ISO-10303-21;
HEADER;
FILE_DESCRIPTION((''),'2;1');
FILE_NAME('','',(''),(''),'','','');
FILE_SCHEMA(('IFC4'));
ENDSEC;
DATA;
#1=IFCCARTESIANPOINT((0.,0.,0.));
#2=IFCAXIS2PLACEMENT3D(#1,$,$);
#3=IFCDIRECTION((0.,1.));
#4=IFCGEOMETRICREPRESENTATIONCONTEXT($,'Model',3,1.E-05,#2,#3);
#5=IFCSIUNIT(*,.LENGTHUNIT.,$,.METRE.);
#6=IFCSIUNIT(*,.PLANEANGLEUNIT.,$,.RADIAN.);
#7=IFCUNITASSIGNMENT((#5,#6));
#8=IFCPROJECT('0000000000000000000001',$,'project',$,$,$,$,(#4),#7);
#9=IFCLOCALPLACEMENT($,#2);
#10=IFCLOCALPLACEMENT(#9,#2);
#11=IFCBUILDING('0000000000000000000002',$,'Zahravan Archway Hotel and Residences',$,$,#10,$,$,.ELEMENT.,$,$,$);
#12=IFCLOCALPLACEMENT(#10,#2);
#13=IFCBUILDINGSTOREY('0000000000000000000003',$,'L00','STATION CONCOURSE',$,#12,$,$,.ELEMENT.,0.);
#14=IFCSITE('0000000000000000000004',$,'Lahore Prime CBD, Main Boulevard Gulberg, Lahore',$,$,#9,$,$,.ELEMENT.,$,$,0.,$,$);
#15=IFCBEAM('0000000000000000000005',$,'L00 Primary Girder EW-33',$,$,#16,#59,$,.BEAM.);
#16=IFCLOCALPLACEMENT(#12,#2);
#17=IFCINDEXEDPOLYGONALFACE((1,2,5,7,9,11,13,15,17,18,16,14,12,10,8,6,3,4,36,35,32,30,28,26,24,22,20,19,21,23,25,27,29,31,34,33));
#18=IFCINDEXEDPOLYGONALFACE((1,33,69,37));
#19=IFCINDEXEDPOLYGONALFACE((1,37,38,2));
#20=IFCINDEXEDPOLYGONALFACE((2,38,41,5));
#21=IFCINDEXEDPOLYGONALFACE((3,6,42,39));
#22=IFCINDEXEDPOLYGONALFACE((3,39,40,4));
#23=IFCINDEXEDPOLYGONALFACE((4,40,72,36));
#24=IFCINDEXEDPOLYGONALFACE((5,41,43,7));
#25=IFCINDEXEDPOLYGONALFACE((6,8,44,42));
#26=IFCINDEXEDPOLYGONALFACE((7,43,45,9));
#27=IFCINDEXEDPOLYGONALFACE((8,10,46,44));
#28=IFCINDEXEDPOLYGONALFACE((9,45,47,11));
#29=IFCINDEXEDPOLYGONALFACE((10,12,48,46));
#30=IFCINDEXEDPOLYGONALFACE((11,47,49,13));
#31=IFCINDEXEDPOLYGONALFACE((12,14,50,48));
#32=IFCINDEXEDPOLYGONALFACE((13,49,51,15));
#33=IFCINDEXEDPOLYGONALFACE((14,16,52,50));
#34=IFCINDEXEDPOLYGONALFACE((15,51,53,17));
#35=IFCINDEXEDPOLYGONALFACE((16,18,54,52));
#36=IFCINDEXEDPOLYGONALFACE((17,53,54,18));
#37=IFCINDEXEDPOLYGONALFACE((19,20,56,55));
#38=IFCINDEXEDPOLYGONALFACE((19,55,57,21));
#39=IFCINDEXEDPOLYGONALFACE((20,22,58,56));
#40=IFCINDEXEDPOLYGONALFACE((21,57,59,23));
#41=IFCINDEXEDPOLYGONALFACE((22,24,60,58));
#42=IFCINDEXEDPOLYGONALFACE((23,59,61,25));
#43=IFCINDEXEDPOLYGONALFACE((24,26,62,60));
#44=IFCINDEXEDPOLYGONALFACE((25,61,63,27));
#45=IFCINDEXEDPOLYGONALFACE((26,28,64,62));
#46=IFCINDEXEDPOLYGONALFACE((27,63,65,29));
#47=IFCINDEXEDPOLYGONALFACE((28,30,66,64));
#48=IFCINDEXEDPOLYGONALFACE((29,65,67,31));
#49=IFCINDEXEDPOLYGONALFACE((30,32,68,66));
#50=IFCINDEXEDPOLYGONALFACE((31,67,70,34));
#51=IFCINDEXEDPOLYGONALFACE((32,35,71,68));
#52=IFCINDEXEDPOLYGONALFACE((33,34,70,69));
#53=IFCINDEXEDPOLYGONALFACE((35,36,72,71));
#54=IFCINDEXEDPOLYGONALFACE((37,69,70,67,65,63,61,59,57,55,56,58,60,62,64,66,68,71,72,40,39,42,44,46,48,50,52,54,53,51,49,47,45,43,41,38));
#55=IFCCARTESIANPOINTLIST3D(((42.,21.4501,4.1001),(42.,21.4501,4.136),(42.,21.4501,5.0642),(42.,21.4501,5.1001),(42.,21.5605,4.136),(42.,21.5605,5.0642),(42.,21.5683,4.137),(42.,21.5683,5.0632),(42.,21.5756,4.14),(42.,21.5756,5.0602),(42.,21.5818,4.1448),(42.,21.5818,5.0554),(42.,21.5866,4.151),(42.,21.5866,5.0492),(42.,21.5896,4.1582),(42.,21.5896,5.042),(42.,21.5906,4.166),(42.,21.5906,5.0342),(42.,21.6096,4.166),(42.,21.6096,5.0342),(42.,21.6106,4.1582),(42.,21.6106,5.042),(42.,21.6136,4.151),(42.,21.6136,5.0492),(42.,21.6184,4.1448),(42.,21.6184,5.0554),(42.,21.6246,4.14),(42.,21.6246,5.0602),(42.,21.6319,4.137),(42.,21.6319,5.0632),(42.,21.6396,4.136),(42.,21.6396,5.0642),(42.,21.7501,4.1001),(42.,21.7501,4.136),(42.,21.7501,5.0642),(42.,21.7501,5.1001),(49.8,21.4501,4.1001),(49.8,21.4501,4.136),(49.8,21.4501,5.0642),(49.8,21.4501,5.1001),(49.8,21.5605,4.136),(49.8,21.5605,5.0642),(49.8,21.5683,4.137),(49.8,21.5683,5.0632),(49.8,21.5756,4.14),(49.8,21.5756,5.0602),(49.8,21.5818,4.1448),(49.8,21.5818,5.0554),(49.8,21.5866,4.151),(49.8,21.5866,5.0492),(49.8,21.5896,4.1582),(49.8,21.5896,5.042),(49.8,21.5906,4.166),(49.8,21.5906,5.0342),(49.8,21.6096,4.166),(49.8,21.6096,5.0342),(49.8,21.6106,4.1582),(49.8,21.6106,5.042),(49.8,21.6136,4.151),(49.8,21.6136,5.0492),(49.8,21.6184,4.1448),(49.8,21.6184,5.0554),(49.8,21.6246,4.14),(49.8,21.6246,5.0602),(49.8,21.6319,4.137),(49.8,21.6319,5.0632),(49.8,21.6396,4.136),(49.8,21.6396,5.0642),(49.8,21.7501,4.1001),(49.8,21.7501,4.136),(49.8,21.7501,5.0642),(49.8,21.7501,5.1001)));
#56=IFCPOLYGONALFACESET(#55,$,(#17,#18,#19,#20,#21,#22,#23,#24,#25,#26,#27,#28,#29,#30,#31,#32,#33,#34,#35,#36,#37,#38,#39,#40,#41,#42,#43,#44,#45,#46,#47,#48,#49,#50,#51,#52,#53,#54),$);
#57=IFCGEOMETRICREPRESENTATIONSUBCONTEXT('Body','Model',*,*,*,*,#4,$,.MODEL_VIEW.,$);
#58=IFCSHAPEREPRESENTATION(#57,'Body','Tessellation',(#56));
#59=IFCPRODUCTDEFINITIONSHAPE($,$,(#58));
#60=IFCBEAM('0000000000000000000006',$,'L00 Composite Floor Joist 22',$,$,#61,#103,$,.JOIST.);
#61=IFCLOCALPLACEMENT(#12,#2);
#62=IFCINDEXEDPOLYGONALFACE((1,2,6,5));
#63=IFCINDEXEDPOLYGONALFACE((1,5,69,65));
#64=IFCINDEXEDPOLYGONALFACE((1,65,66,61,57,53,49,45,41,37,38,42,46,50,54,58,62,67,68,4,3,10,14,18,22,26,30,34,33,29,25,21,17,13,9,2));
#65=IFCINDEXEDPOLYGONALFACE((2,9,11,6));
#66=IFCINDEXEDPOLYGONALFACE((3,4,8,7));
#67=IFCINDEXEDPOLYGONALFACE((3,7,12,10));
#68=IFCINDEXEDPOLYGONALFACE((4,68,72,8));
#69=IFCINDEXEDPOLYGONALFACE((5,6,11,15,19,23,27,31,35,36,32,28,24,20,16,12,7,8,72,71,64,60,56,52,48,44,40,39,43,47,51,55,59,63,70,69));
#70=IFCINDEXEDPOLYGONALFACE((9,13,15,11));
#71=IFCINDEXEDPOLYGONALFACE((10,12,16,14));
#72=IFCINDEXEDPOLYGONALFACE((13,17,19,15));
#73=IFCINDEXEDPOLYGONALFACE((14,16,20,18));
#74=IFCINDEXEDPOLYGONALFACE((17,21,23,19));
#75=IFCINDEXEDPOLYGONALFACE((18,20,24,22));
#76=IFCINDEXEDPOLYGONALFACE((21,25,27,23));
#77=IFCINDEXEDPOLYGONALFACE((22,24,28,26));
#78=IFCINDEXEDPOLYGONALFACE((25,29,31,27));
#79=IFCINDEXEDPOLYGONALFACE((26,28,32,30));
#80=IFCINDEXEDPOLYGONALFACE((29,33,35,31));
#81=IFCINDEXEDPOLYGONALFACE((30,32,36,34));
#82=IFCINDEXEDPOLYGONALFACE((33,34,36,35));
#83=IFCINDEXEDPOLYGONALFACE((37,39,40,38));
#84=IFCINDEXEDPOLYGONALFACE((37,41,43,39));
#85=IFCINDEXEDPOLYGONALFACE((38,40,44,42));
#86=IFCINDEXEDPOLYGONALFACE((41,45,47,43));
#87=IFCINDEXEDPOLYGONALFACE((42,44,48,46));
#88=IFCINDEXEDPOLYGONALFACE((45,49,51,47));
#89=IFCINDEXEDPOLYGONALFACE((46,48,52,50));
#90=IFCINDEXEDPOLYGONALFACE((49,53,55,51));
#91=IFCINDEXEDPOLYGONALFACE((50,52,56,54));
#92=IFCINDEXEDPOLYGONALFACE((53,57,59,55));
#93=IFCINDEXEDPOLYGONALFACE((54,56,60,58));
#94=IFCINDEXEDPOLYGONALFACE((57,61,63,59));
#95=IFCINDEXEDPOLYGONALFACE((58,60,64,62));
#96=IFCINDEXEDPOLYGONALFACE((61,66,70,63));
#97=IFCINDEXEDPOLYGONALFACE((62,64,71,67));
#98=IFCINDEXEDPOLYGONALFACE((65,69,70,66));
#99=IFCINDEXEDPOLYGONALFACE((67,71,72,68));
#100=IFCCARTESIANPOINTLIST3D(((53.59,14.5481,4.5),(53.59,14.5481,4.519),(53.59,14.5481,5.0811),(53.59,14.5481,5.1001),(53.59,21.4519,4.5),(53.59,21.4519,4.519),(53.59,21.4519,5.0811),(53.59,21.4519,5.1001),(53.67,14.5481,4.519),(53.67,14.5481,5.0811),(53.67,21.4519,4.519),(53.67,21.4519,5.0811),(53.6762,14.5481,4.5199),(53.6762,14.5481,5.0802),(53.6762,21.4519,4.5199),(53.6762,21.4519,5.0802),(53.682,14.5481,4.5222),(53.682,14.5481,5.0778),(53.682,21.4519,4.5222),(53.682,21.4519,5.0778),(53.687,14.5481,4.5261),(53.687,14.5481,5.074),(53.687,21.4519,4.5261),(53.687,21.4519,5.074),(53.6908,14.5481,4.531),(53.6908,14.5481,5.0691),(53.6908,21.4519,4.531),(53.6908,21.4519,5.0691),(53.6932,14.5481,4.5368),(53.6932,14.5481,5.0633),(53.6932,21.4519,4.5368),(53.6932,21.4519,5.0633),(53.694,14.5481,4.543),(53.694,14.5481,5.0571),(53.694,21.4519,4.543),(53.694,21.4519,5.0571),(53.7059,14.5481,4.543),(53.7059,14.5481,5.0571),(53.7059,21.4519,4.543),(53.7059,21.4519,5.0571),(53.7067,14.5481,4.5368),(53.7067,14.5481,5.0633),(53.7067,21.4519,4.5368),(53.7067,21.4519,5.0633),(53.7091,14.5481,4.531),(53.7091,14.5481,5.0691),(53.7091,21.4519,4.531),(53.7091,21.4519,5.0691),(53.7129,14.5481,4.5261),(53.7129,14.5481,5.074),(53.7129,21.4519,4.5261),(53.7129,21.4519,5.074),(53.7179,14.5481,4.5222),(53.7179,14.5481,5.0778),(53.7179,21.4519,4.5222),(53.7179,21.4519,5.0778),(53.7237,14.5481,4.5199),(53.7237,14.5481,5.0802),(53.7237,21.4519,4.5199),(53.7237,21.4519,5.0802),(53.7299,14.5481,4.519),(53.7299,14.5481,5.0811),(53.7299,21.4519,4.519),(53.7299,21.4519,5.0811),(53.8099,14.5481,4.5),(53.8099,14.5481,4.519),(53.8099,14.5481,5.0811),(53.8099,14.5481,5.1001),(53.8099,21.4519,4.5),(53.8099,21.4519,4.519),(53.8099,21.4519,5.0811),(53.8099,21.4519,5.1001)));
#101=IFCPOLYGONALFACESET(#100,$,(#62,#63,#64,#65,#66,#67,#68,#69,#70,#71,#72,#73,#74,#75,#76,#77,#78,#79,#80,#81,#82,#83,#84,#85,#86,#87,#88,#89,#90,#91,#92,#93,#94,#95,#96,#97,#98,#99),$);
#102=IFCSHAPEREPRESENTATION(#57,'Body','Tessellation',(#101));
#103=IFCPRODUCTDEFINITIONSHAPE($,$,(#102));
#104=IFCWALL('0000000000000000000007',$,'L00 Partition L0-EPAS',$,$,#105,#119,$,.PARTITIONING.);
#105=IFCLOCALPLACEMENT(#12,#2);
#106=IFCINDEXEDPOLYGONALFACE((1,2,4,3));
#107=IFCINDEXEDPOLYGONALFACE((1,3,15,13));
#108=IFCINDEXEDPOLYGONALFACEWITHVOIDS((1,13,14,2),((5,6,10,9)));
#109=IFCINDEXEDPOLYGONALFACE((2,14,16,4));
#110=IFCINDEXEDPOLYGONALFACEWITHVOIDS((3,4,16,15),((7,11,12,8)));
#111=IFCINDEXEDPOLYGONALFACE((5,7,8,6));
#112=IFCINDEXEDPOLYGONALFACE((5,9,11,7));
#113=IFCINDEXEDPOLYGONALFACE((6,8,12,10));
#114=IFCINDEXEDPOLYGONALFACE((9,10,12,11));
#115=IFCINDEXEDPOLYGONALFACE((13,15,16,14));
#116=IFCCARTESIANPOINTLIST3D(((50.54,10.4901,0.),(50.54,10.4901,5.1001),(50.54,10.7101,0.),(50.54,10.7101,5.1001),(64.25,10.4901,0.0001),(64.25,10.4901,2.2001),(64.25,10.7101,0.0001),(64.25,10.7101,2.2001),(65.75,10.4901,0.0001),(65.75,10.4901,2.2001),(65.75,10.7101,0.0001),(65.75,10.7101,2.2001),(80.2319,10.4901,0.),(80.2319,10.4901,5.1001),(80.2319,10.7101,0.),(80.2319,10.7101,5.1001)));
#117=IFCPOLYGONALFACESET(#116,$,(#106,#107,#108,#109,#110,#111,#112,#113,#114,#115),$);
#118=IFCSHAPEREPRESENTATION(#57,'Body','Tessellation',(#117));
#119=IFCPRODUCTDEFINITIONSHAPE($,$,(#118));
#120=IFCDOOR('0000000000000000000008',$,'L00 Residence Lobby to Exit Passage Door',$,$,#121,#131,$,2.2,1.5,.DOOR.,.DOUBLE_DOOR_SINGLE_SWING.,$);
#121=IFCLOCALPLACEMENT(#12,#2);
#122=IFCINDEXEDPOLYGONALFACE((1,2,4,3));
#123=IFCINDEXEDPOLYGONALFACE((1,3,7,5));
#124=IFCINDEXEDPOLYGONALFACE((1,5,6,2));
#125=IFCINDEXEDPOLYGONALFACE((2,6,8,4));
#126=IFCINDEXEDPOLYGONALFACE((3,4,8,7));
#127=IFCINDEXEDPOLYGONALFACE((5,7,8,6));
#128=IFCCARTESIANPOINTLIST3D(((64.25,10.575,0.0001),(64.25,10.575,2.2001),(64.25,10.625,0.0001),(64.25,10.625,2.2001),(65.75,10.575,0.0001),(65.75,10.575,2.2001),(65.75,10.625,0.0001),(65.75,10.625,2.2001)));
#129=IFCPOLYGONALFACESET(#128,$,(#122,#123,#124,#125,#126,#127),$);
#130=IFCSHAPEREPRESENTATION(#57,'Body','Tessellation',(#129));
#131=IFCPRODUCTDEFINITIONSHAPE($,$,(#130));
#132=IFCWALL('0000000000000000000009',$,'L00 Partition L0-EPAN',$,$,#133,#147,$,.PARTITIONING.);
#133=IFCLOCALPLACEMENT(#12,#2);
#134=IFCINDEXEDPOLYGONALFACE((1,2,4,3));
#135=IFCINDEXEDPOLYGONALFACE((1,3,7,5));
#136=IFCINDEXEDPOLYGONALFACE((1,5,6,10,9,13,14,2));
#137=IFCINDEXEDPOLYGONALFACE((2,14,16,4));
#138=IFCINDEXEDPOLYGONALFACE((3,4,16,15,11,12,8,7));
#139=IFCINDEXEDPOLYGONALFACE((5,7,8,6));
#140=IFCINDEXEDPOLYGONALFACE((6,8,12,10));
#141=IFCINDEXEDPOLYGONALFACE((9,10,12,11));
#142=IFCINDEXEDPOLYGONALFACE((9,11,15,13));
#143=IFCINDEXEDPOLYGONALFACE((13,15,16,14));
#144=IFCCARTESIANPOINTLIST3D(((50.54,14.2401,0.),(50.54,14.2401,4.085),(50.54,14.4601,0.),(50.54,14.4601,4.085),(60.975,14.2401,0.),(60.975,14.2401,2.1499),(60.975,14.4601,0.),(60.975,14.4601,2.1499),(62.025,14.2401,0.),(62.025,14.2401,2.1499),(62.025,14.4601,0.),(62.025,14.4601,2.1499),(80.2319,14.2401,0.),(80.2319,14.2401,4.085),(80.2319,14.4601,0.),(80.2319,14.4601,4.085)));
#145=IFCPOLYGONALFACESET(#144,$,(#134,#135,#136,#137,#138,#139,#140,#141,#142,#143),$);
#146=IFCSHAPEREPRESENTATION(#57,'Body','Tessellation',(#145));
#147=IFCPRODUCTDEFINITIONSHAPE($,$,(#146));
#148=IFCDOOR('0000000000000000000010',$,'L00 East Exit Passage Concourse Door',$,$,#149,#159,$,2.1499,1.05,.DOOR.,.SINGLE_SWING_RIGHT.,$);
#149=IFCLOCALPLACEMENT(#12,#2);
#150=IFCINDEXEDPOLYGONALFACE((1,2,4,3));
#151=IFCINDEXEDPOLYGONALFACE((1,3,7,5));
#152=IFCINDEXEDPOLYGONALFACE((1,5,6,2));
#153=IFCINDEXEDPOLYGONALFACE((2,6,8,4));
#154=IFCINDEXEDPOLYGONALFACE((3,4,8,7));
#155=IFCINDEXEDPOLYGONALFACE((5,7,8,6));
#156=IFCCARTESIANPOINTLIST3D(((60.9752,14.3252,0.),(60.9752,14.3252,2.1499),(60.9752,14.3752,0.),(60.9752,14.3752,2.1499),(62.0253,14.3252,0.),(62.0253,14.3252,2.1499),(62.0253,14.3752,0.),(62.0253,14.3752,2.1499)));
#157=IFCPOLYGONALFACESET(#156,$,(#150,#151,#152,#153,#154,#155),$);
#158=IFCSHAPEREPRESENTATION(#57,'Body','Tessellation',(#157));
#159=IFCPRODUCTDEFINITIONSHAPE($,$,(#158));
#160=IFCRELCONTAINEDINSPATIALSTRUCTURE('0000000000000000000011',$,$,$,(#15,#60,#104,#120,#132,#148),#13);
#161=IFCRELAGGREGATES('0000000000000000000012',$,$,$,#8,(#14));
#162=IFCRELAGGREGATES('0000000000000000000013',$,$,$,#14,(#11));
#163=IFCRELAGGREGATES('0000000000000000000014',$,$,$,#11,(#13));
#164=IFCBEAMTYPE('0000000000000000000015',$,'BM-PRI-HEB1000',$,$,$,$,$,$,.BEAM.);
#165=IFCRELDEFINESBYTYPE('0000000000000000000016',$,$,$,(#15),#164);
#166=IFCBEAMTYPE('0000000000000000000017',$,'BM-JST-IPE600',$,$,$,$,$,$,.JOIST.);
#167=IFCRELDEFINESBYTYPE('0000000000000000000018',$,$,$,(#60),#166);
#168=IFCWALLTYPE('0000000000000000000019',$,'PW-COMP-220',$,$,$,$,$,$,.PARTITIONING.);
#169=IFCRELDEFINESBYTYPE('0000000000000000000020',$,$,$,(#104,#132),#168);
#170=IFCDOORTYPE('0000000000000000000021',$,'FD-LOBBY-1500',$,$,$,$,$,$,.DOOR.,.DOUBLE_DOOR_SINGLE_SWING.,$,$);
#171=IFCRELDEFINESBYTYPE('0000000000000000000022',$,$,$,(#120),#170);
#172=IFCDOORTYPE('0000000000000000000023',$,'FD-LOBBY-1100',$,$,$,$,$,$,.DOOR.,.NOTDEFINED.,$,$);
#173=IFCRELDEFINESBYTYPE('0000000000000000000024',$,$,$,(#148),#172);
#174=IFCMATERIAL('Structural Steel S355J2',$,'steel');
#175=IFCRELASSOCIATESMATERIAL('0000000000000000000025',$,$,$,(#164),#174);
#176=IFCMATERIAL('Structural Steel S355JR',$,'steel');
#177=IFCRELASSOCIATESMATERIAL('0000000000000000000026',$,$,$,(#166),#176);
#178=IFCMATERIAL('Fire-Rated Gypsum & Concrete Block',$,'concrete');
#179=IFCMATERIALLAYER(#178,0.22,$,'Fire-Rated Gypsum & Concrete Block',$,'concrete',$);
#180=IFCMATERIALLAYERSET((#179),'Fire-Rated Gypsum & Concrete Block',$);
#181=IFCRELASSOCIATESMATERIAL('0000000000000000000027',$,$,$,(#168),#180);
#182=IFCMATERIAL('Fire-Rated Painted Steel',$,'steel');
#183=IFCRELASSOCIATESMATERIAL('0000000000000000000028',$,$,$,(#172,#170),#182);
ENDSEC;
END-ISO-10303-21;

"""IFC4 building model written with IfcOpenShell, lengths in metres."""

from ifc_helpers import new_model, si_unit, direction, frame, frame_2d, origin, origin_2d, place, context, subcontext, project, spatial, rectangle, i_section, extrude, source, transform, mapped, material, layer, layer_set, material_profile, profile_set, type_object, type_shapes, element, fill, save


model = new_model("IFC4")

# Units and contexts
model_context = context("Model", 3, precision=1e-05, world=origin(), true_north=direction((0.0, 1.0)))
body_context = subcontext(model_context, "Body", "Model", "MODEL_VIEW")
ifc_project = project(units=[si_unit("LENGTHUNIT", "METRE"), si_unit("PLANEANGLEUNIT", "RADIAN")], contexts=[model_context])

# Site, building, storey
site_placement = place(None, origin())
site = spatial("IfcSite", under=ifc_project, at=site_placement, Name="Lahore Prime CBD, Main Boulevard Gulberg, Lahore", CompositionType="ELEMENT", RefElevation=0.0)
building_placement = place(site_placement, origin())
building = spatial("IfcBuilding", under=site, at=building_placement, Name="Zahravan Archway Hotel and Residences", CompositionType="ELEMENT")
storey_placement = place(building_placement, origin())
storey = spatial("IfcBuildingStorey", under=building, at=storey_placement, Name="L00", Description="STATION CONCOURSE", CompositionType="ELEMENT", Elevation=0.0)

# Beams
ifc_material_1 = material(Name="Structural Steel S355J2", Category="steel")
ifc_material_profile_1 = material_profile(ifc_material_1, i_section(OverallWidth=0.3, OverallDepth=1.0, WebThickness=0.019, FlangeThickness=0.0359, FilletRadius=0.03, at=origin_2d()), Name="HEB 1000", Category="steel")
ifc_profile_set_1 = profile_set([ifc_material_profile_1], Name="Structural Steel S355J2")
beam_type_1 = type_object("IfcBeamType", Name="BM-PRI-HEB1000", PredefinedType="BEAM", material=ifc_profile_set_1)
shared_shape_1 = source(origin(), body_context, "Body", "SweptSolid", [
    extrude(i_section(OverallWidth=0.3, OverallDepth=1.0, WebThickness=0.019, FlangeThickness=0.0359, FilletRadius=0.03, at=origin_2d()), origin(), (0.0, 0.0, 1.0), 7.8),
])
for number, where, z_axis, x_axis, name in (
    (1, (42.0, 21.6001, 4.6001), (1.0, 0.0, 0.0), (0.0, 1.0, 0.0), "L00 Primary Girder EW-33"),
):
    element("IfcBeam", number, at=place(storey_placement, frame(where, z_axis=z_axis, x_axis=x_axis)), inside=storey, type_object=beam_type_1, Name=name, PredefinedType="BEAM", context=body_context, shape_type="MappedRepresentation", body=[
        mapped(shared_shape_1, transform((0.0, 0.0, 0.0), scale=1.0)),
    ])
ifc_material_2 = material(Name="Structural Steel S355JR", Category="steel")
ifc_material_profile_2 = material_profile(ifc_material_2, i_section(OverallWidth=0.22, OverallDepth=0.6001, WebThickness=0.012, FlangeThickness=0.019, FilletRadius=0.0239, at=origin_2d()), Name="IPE 600", Category="steel")
ifc_profile_set_2 = profile_set([ifc_material_profile_2], Name="Structural Steel S355JR")
beam_type_2 = type_object("IfcBeamType", Name="BM-JST-IPE600", PredefinedType="JOIST", material=ifc_profile_set_2)
shared_shape_2 = source(origin(), body_context, "Body", "SweptSolid", [
    extrude(i_section(OverallWidth=0.22, OverallDepth=0.6001, WebThickness=0.012, FlangeThickness=0.019, FilletRadius=0.0239, at=origin_2d()), origin(), (0.0, 0.0, 1.0), 6.9038),
])
beam_placement = place(storey_placement, frame((53.7, 14.5481, 4.8), z_axis=(0.0, 1.0, 0.0), x_axis=(-1.0, 0.0, 0.0)))
element("IfcBeam", 2, at=beam_placement, inside=storey, type_object=beam_type_2, Name="L00 Composite Floor Joist 22", PredefinedType="JOIST", context=body_context, shape_type="MappedRepresentation", body=[
    mapped(shared_shape_2, transform((0.0, 0.0, 0.0), scale=1.0)),
])

# Walls, openings, doors
ifc_material_3 = material(Name="Fire-Rated Gypsum & Concrete Block", Category="concrete")
ifc_layer_1 = layer(ifc_material_3, 0.22, Name="Fire-Rated Gypsum & Concrete Block", Category="concrete")
ifc_layer_set_1 = layer_set([ifc_layer_1], Name="Fire-Rated Gypsum & Concrete Block")
wall_type_1 = type_object("IfcWallType", Name="PW-COMP-220", PredefinedType="PARTITIONING", material=ifc_layer_set_1)
ifc_material_4 = material(Name="Fire-Rated Painted Steel", Category="steel")
door_type_1 = type_object("IfcDoorType", Name="FD-LOBBY-1100", OperationType="NOTDEFINED", PredefinedType="DOOR", material=ifc_material_4)
shared_shape_3 = source(origin(), body_context, "Body", "SweptSolid", [
    extrude(rectangle(XDim=1.05, YDim=2.1499, at=frame_2d((0.5249, 1.075))), frame((0.0, 0.0249, 0.0), z_axis=(0.0, -1.0, 0.0), x_axis=(1.0, 0.0, 0.0)), (0.0, 0.0, 1.0), 0.05),
])
type_shapes(door_type_1, [shared_shape_3])
wall_1_placement = place(storey_placement, frame((50.54, 10.6001, 0.0), z_axis=(0.0, 0.0, 1.0), x_axis=(1.0, 0.0, 0.0)))
wall_1 = element("IfcWall", 3, at=wall_1_placement, inside=storey, type_object=wall_type_1, Name="L00 Partition L0-EPAS", PredefinedType="PARTITIONING", context=body_context, shape_type="SweptSolid", body=[
    extrude(rectangle(XDim=29.6919, YDim=0.22, at=frame_2d((14.8459, 0.0))), origin(), (0.0, 0.0, 1.0), 5.1001),
])
opening_1_placement = place(wall_1_placement, frame((13.71, 0.0, 0.0)))
opening_1 = element("IfcOpeningElement", 4, at=opening_1_placement, cuts=wall_1, PredefinedType="OPENING", context=body_context, shape_type="SweptSolid", body=[
    extrude(rectangle(XDim=1.5, YDim=2.2, at=frame_2d((0.75, 1.1001))), frame((0.0, 0.1201, 0.0), z_axis=(0.0, -1.0, 0.0), x_axis=(1.0, 0.0, 0.0)), (0.0, 0.0, 1.0), 0.24),
])
door_type_2 = type_object("IfcDoorType", Name="FD-LOBBY-1500", OperationType="DOUBLE_DOOR_SINGLE_SWING", PredefinedType="DOOR", material=ifc_material_4)
shared_shape_4 = source(origin(), body_context, "Body", "SweptSolid", [
    extrude(rectangle(XDim=1.5, YDim=2.2, at=frame_2d((0.75, 1.1001))), frame((0.0, 0.0249, 0.0), z_axis=(0.0, -1.0, 0.0), x_axis=(1.0, 0.0, 0.0)), (0.0, 0.0, 1.0), 0.05),
])
type_shapes(door_type_2, [shared_shape_4])
door_1_placement = place(opening_1_placement, origin())
door_1 = element("IfcDoor", 5, at=door_1_placement, inside=storey, type_object=door_type_2, Name="L00 Residence Lobby to Exit Passage Door", OperationType="DOUBLE_DOOR_SINGLE_SWING", OverallHeight=2.2, OverallWidth=1.5, PredefinedType="DOOR", context=body_context, shape_type="MappedRepresentation", body=[
    mapped(shared_shape_4, transform((0.0, 0.0, 0.0), scale=1.0)),
])
fill(opening_1, door_1)
wall_2_placement = place(storey_placement, frame((50.54, 14.3501, 0.0), z_axis=(0.0, 0.0, 1.0), x_axis=(1.0, 0.0, 0.0)))
wall_2 = element("IfcWall", 6, at=wall_2_placement, inside=storey, type_object=wall_type_1, Name="L00 Partition L0-EPAN", PredefinedType="PARTITIONING", context=body_context, shape_type="SweptSolid", body=[
    extrude(rectangle(XDim=29.6919, YDim=0.22, at=frame_2d((14.8459, 0.0))), origin(), (0.0, 0.0, 1.0), 4.085),
])
opening_2_placement = place(wall_2_placement, frame((10.4351, 0.0, 0.0)))
opening_2 = element("IfcOpeningElement", 7, at=opening_2_placement, cuts=wall_2, PredefinedType="OPENING", context=body_context, shape_type="SweptSolid", body=[
    extrude(rectangle(XDim=1.05, YDim=2.1499, at=frame_2d((0.5249, 1.075))), frame((0.0, 0.1201, 0.0), z_axis=(0.0, -1.0, 0.0), x_axis=(1.0, 0.0, 0.0)), (0.0, 0.0, 1.0), 0.24),
])
door_2_placement = place(opening_2_placement, frame((1.05, 0.0, 0.0), z_axis=(0.0, 0.0, 1.0), x_axis=(-1.0, 0.0, 0.0)))
door_2 = element("IfcDoor", 8, at=door_2_placement, inside=storey, type_object=door_type_1, Name="L00 East Exit Passage Concourse Door", OperationType="SINGLE_SWING_RIGHT", OverallHeight=2.1499, OverallWidth=1.05, PredefinedType="DOOR", context=body_context, shape_type="MappedRepresentation", body=[
    mapped(shared_shape_3, transform((0.0, 0.0, 0.0), scale=1.0)),
])
fill(opening_2, door_2)

save(model, "model.ifc")
